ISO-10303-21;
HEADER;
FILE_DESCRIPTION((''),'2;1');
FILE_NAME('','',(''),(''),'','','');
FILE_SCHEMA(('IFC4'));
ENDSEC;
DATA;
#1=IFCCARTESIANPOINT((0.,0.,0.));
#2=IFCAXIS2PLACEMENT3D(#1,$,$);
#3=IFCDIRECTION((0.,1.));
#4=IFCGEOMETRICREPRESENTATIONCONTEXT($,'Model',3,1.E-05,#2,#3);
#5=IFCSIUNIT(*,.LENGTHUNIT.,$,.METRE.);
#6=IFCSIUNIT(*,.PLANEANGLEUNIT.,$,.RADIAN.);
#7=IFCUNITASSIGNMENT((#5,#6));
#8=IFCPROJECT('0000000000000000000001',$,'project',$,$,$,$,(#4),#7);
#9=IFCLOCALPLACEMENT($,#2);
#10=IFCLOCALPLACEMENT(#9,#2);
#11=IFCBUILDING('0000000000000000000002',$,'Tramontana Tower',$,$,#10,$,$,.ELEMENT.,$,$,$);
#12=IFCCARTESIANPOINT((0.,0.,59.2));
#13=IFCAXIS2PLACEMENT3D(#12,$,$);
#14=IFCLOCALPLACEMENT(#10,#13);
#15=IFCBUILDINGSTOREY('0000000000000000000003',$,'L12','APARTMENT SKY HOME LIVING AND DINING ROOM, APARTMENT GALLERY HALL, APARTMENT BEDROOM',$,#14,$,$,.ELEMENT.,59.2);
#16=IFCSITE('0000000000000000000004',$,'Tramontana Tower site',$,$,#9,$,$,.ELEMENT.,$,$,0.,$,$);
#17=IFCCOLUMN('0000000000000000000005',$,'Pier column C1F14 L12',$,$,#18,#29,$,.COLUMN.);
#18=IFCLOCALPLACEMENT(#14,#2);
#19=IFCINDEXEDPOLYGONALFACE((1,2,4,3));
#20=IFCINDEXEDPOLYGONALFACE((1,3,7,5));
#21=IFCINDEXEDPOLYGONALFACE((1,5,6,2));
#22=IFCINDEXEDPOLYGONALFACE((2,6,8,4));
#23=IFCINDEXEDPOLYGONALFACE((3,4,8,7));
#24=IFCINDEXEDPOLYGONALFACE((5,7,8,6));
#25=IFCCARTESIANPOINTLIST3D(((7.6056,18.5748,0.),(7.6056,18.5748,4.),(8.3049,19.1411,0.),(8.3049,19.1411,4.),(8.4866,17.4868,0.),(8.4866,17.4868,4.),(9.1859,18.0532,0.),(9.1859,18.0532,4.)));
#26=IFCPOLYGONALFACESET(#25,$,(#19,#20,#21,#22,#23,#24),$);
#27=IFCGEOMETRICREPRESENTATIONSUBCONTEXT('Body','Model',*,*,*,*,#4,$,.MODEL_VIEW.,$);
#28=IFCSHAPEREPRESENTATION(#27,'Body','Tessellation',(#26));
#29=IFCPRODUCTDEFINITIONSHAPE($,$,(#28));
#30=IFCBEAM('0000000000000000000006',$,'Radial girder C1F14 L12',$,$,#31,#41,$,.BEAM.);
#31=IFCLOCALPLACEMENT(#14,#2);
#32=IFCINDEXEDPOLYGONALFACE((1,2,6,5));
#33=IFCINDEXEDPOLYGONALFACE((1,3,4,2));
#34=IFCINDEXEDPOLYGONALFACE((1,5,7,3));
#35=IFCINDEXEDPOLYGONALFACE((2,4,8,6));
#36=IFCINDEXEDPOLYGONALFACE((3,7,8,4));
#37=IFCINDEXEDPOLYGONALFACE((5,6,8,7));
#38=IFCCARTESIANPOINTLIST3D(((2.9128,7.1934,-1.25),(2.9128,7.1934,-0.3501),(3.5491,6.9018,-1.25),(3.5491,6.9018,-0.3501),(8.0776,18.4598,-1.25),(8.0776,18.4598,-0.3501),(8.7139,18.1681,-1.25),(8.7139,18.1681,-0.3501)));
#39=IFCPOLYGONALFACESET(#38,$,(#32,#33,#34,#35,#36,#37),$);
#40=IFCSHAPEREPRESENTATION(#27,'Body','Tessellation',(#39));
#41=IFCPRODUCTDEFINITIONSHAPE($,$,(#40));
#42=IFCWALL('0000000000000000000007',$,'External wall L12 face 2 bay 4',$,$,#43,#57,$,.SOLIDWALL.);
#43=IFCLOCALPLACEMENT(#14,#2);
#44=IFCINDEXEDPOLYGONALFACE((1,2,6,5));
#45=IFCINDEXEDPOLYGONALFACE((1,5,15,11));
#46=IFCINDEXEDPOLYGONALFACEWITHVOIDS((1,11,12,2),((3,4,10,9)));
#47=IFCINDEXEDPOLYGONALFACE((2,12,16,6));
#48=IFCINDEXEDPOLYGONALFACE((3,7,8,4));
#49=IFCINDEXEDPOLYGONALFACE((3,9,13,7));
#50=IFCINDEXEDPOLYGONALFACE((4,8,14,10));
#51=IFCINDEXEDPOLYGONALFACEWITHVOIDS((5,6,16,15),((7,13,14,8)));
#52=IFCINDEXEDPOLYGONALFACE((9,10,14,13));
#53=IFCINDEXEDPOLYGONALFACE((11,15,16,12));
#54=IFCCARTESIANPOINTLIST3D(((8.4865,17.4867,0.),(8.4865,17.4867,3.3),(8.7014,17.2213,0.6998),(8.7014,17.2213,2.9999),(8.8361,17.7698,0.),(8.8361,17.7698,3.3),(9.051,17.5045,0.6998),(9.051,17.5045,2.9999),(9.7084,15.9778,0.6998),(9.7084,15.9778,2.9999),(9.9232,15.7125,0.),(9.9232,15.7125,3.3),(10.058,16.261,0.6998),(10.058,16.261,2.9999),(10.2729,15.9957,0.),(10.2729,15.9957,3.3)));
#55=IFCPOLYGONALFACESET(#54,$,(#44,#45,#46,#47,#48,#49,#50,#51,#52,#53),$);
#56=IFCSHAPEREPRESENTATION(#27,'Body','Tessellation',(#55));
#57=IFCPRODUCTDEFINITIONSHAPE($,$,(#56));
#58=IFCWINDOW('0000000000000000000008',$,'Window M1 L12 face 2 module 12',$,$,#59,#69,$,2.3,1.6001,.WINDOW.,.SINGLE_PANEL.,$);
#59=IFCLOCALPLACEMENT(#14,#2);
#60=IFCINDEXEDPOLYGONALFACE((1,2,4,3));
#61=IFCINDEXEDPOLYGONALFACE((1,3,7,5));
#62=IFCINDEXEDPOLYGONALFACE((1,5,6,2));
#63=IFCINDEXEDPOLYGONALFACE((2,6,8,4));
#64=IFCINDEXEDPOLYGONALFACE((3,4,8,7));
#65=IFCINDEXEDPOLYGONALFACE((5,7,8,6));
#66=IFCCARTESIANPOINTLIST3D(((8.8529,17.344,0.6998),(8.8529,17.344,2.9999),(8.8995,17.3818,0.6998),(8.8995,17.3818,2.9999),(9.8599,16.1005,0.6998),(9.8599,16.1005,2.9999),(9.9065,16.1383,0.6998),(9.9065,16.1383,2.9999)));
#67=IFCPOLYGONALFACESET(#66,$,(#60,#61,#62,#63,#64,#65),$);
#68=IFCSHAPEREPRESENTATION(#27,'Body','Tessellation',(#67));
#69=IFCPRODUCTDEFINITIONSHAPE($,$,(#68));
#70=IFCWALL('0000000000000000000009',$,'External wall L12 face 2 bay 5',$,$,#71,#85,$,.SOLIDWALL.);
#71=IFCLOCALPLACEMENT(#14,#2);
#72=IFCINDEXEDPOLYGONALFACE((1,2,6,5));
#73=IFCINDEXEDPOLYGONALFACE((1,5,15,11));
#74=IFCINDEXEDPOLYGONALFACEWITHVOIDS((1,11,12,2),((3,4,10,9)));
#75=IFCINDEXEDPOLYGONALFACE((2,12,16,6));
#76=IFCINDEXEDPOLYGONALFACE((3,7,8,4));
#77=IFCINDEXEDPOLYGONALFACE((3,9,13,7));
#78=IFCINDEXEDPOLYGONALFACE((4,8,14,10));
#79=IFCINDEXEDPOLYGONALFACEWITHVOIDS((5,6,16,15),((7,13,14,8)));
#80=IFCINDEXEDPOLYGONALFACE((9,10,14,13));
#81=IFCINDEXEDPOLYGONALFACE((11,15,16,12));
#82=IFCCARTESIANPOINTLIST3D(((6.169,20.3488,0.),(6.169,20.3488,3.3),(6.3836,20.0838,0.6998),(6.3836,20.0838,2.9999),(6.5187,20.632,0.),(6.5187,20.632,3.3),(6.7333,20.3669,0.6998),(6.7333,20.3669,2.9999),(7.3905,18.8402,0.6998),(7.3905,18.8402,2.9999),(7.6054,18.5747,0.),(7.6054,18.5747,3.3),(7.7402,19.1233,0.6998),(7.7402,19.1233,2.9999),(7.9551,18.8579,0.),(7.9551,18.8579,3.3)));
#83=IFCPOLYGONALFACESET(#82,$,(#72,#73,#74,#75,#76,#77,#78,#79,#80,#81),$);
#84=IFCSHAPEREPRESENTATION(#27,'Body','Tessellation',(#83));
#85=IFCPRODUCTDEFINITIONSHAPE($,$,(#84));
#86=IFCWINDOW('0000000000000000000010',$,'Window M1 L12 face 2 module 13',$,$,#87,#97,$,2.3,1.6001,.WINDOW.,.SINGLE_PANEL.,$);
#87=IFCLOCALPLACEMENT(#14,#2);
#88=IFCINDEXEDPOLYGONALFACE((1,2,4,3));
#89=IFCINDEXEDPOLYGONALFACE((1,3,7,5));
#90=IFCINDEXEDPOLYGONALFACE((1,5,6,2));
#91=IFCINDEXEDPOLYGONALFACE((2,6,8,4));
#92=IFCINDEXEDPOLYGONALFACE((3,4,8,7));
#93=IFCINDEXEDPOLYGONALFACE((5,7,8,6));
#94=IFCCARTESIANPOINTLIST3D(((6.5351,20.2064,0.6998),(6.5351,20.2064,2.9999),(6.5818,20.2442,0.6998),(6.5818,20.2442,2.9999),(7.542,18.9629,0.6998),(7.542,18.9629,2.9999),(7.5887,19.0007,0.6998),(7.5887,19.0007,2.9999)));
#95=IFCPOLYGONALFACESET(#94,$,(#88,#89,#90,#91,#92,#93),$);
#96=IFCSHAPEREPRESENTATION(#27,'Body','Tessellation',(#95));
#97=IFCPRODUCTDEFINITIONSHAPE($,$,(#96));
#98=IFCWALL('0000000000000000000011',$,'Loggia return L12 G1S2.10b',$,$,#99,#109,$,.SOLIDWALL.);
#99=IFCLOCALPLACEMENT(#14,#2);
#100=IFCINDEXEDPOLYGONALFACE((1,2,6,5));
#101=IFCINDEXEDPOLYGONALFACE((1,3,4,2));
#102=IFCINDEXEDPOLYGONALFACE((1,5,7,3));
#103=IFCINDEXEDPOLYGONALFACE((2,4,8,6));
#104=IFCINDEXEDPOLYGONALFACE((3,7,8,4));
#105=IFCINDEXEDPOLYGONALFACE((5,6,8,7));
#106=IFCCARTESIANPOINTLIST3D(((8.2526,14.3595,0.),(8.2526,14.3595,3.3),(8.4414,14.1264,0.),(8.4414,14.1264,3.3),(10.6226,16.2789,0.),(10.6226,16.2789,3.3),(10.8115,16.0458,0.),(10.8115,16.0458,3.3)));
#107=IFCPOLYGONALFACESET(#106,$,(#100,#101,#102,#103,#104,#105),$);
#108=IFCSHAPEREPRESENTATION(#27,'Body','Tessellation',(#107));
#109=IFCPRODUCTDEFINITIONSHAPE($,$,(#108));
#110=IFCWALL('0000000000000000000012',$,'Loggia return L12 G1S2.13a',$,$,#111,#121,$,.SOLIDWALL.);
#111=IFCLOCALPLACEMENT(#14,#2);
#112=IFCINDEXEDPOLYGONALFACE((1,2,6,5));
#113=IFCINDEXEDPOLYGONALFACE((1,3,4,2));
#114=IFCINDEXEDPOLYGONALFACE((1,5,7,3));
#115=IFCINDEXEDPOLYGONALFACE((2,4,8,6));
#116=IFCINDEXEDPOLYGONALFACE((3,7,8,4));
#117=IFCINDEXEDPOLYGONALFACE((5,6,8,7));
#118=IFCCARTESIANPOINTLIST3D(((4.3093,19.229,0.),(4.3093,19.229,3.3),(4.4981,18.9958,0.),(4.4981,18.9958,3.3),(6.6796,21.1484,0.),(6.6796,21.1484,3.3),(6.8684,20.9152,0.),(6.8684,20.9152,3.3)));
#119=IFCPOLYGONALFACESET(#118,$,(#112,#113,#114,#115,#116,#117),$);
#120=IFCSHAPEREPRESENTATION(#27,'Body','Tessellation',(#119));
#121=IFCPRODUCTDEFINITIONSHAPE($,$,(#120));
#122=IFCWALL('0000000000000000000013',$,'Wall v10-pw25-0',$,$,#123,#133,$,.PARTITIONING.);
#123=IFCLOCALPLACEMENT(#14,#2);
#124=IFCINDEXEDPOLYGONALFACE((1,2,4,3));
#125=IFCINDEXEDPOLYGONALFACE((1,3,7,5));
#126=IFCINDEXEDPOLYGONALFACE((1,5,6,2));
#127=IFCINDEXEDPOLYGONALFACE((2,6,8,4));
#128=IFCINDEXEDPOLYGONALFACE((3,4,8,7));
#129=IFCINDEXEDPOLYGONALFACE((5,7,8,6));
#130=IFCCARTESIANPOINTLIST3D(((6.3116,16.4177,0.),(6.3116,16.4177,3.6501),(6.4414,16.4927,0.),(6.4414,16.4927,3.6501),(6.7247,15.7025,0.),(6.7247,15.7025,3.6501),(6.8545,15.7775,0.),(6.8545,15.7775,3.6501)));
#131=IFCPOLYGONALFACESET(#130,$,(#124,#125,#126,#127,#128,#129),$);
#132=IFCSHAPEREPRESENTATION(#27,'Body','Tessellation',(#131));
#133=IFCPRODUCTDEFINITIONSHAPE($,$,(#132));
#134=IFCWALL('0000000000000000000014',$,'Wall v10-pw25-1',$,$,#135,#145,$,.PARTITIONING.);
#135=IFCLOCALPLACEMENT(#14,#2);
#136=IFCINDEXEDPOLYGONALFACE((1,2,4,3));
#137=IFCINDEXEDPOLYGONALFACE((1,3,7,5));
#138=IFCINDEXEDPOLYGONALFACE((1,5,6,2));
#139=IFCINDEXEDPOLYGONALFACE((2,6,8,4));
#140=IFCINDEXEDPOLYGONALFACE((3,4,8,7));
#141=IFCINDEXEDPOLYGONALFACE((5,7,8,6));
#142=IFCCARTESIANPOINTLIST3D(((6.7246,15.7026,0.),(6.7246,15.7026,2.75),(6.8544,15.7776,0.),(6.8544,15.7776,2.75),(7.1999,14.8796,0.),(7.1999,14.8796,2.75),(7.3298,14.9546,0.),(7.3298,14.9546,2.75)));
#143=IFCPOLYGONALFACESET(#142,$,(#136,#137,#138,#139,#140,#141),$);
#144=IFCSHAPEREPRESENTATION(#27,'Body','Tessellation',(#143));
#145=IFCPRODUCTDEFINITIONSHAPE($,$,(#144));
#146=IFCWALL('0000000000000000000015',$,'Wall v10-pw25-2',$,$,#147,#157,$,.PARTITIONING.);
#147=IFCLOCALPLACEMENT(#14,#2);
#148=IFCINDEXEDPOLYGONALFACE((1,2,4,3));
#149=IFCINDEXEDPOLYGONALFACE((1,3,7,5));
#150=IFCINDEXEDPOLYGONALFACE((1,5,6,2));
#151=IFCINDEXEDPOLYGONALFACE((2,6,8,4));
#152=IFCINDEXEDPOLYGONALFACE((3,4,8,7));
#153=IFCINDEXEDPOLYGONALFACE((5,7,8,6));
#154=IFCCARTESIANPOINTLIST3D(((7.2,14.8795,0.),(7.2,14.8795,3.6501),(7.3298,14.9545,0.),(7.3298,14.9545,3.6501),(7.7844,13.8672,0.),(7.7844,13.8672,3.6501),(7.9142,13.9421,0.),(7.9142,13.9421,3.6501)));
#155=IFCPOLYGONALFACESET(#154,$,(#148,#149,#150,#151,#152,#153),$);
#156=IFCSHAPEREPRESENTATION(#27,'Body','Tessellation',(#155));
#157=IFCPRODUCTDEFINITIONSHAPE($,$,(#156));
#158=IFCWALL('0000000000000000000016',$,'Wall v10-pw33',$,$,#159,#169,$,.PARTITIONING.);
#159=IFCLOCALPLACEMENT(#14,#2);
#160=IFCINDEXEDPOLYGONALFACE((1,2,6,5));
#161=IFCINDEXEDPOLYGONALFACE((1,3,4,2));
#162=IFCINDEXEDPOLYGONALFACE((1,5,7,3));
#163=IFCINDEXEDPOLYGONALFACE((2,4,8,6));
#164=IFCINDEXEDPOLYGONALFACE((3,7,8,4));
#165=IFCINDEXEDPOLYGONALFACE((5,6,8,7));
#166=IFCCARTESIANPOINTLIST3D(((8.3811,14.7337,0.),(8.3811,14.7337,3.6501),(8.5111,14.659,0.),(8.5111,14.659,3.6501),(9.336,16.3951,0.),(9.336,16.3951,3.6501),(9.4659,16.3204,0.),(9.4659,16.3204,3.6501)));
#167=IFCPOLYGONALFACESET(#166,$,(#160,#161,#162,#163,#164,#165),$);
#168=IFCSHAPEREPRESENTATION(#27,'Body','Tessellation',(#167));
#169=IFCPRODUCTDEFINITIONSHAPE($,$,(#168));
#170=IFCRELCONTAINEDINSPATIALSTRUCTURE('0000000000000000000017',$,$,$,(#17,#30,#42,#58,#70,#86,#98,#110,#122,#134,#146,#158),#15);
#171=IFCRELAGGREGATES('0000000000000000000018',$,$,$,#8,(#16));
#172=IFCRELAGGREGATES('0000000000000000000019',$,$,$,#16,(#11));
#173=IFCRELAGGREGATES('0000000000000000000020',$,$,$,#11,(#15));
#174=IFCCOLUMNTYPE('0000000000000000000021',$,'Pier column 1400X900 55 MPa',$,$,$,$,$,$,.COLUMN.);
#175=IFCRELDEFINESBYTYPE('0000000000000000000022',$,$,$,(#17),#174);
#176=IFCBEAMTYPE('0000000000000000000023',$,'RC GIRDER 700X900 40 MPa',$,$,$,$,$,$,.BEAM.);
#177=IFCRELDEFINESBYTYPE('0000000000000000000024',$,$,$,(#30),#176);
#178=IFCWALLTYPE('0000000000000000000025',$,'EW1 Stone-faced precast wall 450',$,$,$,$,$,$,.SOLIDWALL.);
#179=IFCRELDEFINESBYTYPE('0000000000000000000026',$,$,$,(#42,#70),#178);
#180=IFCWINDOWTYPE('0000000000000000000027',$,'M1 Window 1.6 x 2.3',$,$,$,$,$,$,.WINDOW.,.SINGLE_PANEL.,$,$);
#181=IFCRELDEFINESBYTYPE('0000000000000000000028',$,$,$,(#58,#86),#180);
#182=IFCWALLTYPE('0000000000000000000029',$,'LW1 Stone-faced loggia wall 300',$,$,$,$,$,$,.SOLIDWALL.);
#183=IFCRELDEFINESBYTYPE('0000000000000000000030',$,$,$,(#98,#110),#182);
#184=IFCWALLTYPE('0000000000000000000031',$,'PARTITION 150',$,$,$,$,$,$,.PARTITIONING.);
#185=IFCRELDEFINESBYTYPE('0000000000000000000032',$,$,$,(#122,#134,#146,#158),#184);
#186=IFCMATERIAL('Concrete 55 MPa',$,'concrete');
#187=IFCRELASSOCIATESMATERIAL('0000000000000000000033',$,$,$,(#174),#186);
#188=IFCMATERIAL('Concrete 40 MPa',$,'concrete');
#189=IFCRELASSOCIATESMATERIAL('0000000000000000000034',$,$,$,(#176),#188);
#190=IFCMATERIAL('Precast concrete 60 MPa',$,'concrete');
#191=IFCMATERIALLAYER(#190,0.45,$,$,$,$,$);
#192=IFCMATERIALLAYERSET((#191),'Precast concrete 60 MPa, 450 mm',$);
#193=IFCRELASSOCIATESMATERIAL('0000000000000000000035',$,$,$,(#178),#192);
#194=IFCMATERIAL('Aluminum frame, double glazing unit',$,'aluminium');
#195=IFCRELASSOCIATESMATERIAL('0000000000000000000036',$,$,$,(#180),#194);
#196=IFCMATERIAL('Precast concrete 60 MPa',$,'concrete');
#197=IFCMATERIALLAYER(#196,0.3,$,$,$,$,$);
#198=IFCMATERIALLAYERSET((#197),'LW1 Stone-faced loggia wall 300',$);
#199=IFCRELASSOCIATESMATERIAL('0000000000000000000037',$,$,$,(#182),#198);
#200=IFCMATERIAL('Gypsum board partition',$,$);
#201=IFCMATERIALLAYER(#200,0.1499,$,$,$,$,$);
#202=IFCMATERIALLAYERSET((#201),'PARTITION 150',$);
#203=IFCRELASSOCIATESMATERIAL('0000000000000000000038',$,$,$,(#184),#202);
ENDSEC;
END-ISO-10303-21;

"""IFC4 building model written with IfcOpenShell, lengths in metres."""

from ifc_helpers import new_model, si_unit, direction, frame, frame_2d, origin, origin_2d, place, context, subcontext, project, spatial, rectangle, extrude, material, layer, layer_set, material_profile, profile_set, type_object, element, fill, save


model = new_model("IFC4")

# Units and contexts
model_context = context("Model", 3, precision=1e-05, world=origin(), true_north=direction((0.0, 1.0)))
body_context = subcontext(model_context, "Body", "Model", "MODEL_VIEW")
ifc_project = project(units=[si_unit("LENGTHUNIT", "METRE"), si_unit("PLANEANGLEUNIT", "RADIAN")], contexts=[model_context])

# Site, building, storey
site_placement = place(None, origin())
site = spatial("IfcSite", under=ifc_project, at=site_placement, Name="Tramontana Tower site", CompositionType="ELEMENT", RefElevation=0.0)
building_placement = place(site_placement, origin())
building = spatial("IfcBuilding", under=site, at=building_placement, Name="Tramontana Tower", CompositionType="ELEMENT")
storey_placement = place(building_placement, frame((0.0, 0.0, 59.2)))
storey = spatial("IfcBuildingStorey", under=building, at=storey_placement, Name="L12", Description="APARTMENT SKY HOME LIVING AND DINING ROOM, APARTMENT GALLERY HALL, APARTMENT BEDROOM", CompositionType="ELEMENT", Elevation=59.2)

# Column
ifc_material_1 = material(Name="Concrete 55 MPa", Category="concrete")
ifc_material_profile_1 = material_profile(ifc_material_1, rectangle(XDim=1.3999, YDim=0.8999, at=origin_2d()), Name="Pier column 1400X900 55 MPa")
ifc_profile_set_1 = profile_set([ifc_material_profile_1], Name="Concrete 55 MPa")
column_type = type_object("IfcColumnType", Name="Pier column 1400X900 55 MPa", PredefinedType="COLUMN", material=ifc_profile_set_1)
column_placement = place(storey_placement, frame((8.3958, 18.314, 0.0), z_axis=(0.0, 0.0, 1.0), x_axis=(-0.62932, 0.777146, 0.0)))
element("IfcColumn", 1, at=column_placement, inside=storey, type_object=column_type, Name="Pier column C1F14 L12", PredefinedType="COLUMN", context=body_context, shape_type="SweptSolid", body=[
    extrude(rectangle(XDim=1.3999, YDim=0.8999, at=origin_2d()), origin(), (0.0, 0.0, 1.0), 4.0),
])

# Beam
ifc_material_2 = material(Name="Concrete 40 MPa", Category="concrete")
ifc_material_profile_2 = material_profile(ifc_material_2, rectangle(XDim=0.7, YDim=0.8999, at=origin_2d()), Name="RC GIRDER 700X900 40 MPa")
ifc_profile_set_2 = profile_set([ifc_material_profile_2], Name="Concrete 40 MPa")
beam_type = type_object("IfcBeamType", Name="RC GIRDER 700X900 40 MPa", PredefinedType="BEAM", material=ifc_profile_set_2)
beam_placement = place(storey_placement, frame((8.3958, 18.314, -0.8), z_axis=(-0.416725, -0.909033, 0.0), x_axis=(0.909033, -0.416725, 0.0)))
element("IfcBeam", 2, at=beam_placement, inside=storey, type_object=beam_type, Name="Radial girder C1F14 L12", PredefinedType="BEAM", context=body_context, shape_type="SweptSolid", body=[
    extrude(rectangle(XDim=0.7, YDim=0.8999, at=origin_2d()), origin(), (0.0, 0.0, 1.0), 12.3938),
])

# Walls, openings, windows
ifc_material_3 = material(Name="Precast concrete 60 MPa", Category="concrete")
ifc_layer_1 = layer(ifc_material_3, 0.45)
ifc_layer_set_1 = layer_set([ifc_layer_1], Name="Precast concrete 60 MPa, 450 mm")
wall_type_1 = type_object("IfcWallType", Name="EW1 Stone-faced precast wall 450", PredefinedType="SOLIDWALL", material=ifc_layer_set_1)
wall_1_placement = place(storey_placement, frame((10.0981, 15.854, 0.0), z_axis=(0.0, 0.0, 1.0), x_axis=(-0.62934, 0.77713, 0.0)))
wall_1 = element("IfcWall", 3, at=wall_1_placement, inside=storey, type_object=wall_type_1, Name="External wall L12 face 2 bay 4", PredefinedType="SOLIDWALL", context=body_context, shape_type="SweptSolid", body=[
    extrude(rectangle(XDim=2.283, YDim=0.45, at=frame_2d((1.1416, 0.0))), origin(), (0.0, 0.0, 1.0), 3.3),
])
opening_1_placement = place(wall_1_placement, frame((0.3416, 0.0, 0.7)))
opening_1 = element("IfcOpeningElement", 4, at=opening_1_placement, cuts=wall_1, PredefinedType="OPENING", context=body_context, shape_type="SweptSolid", body=[
    extrude(rectangle(XDim=1.6001, YDim=2.3, at=frame_2d((0.8, 1.1499))), frame((0.0, 0.2349, 0.0), z_axis=(0.0, -1.0, 0.0), x_axis=(1.0, 0.0, 0.0)), (0.0, 0.0, 1.0), 0.47),
])
ifc_material_4 = material(Name="Aluminum frame, double glazing unit", Category="aluminium")
window_type = type_object("IfcWindowType", Name="M1 Window 1.6 x 2.3", PartitioningType="SINGLE_PANEL", PredefinedType="WINDOW", material=ifc_material_4)
window_1_placement = place(opening_1_placement, origin())
window_1 = element("IfcWindow", 5, at=window_1_placement, inside=storey, type_object=window_type, Name="Window M1 L12 face 2 module 12", OverallHeight=2.3, OverallWidth=1.6001, PartitioningType="SINGLE_PANEL", PredefinedType="WINDOW", context=body_context, shape_type="SweptSolid", body=[
    extrude(rectangle(XDim=1.6001, YDim=2.3, at=frame_2d((0.8, 1.1499))), frame((0.0, 0.03, 0.0), z_axis=(0.0, -1.0, 0.0), x_axis=(1.0, 0.0, 0.0)), (0.0, 0.0, 1.0), 0.0601),
])
fill(opening_1, window_1)
wall_2_placement = place(storey_placement, frame((7.7803, 18.7163, 0.0), z_axis=(0.0, 0.0, 1.0), x_axis=(-0.629275, 0.777183, 0.0)))
wall_2 = element("IfcWall", 6, at=wall_2_placement, inside=storey, type_object=wall_type_1, Name="External wall L12 face 2 bay 5", PredefinedType="SOLIDWALL", context=body_context, shape_type="SweptSolid", body=[
    extrude(rectangle(XDim=2.2827, YDim=0.45, at=frame_2d((1.1414, 0.0))), origin(), (0.0, 0.0, 1.0), 3.3),
])
opening_2_placement = place(wall_2_placement, frame((0.3416, 0.0, 0.7)))
opening_2 = element("IfcOpeningElement", 7, at=opening_2_placement, cuts=wall_2, PredefinedType="OPENING", context=body_context, shape_type="SweptSolid", body=[
    extrude(rectangle(XDim=1.6001, YDim=2.3, at=frame_2d((0.8, 1.1499))), frame((0.0, 0.2349, 0.0), z_axis=(0.0, -1.0, 0.0), x_axis=(1.0, 0.0, 0.0)), (0.0, 0.0, 1.0), 0.47),
])
window_2_placement = place(opening_2_placement, origin())
window_2 = element("IfcWindow", 8, at=window_2_placement, inside=storey, type_object=window_type, Name="Window M1 L12 face 2 module 13", OverallHeight=2.3, OverallWidth=1.6001, PartitioningType="SINGLE_PANEL", PredefinedType="WINDOW", context=body_context, shape_type="SweptSolid", body=[
    extrude(rectangle(XDim=1.6001, YDim=2.3, at=frame_2d((0.8, 1.1499))), frame((0.0, 0.03, 0.0), z_axis=(0.0, -1.0, 0.0), x_axis=(1.0, 0.0, 0.0)), (0.0, 0.0, 1.0), 0.0601),
])
fill(opening_2, window_2)

# Walls
ifc_material_5 = material(Name="Precast concrete 60 MPa", Category="concrete")
ifc_layer_2 = layer(ifc_material_5, 0.3)
ifc_layer_set_2 = layer_set([ifc_layer_2], Name="LW1 Stone-faced loggia wall 300")
wall_type_2 = type_object("IfcWallType", Name="LW1 Stone-faced loggia wall 300", PredefinedType="SOLIDWALL", material=ifc_layer_set_2)
wall_3_placement = place(storey_placement, frame((10.717, 16.1624, 0.0), z_axis=(0.0, 0.0, 1.0), x_axis=(-0.777122, -0.62935, 0.0)))
element("IfcWall", 9, at=wall_3_placement, inside=storey, type_object=wall_type_2, Name="Loggia return L12 G1S2.10b", PredefinedType="SOLIDWALL", context=body_context, shape_type="SweptSolid", body=[
    extrude(rectangle(XDim=3.0498, YDim=0.3, at=frame_2d((1.5249, 0.0))), origin(), (0.0, 0.0, 1.0), 3.3),
])
wall_4_placement = place(storey_placement, frame((6.7739, 21.0317, 0.0), z_axis=(0.0, 0.0, 1.0), x_axis=(-0.777154, -0.629311, 0.0)))
element("IfcWall", 10, at=wall_4_placement, inside=storey, type_object=wall_type_2, Name="Loggia return L12 G1S2.13a", PredefinedType="SOLIDWALL", context=body_context, shape_type="SweptSolid", body=[
    extrude(rectangle(XDim=3.05, YDim=0.3, at=frame_2d((1.5249, 0.0))), origin(), (0.0, 0.0, 1.0), 3.3),
])

# Shared definitions
ifc_material_6 = material(Name="Gypsum board partition")
ifc_layer_3 = layer(ifc_material_6, 0.1499)
ifc_layer_set_3 = layer_set([ifc_layer_3], Name="PARTITION 150")
wall_type_3 = type_object("IfcWallType", Name="PARTITION 150", PredefinedType="PARTITIONING", material=ifc_layer_set_3)

# Walls
wall_5_placement = place(storey_placement, frame((6.3765, 16.4553, 0.0), z_axis=(0.0, 0.0, 1.0), x_axis=(0.500081, -0.865979, 0.0)))
element("IfcWall", 11, at=wall_5_placement, inside=storey, type_object=wall_type_3, Name="Wall v10-pw25-0", PredefinedType="PARTITIONING", context=body_context, shape_type="SweptSolid", body=[
    extrude(rectangle(XDim=0.8259, YDim=0.1499, at=frame_2d((0.4131, 0.0))), origin(), (0.0, 0.0, 1.0), 3.6501),
])
wall_6_placement = place(storey_placement, frame((6.7896, 15.74, 0.0), z_axis=(0.0, 0.0, 1.0), x_axis=(0.500145, -0.865942, 0.0)))
element("IfcWall", 12, at=wall_6_placement, inside=storey, type_object=wall_type_3, Name="Wall v10-pw25-1", PredefinedType="PARTITIONING", context=body_context, shape_type="SweptSolid", body=[
    extrude(rectangle(XDim=0.9504, YDim=0.1499, at=frame_2d((0.4751, 0.0))), origin(), (0.0, 0.0, 1.0), 2.75),
])
wall_7_placement = place(storey_placement, frame((7.2649, 14.917, 0.0), z_axis=(0.0, 0.0, 1.0), x_axis=(0.499957, -0.86605, 0.0)))
element("IfcWall", 13, at=wall_7_placement, inside=storey, type_object=wall_type_3, Name="Wall v10-pw25-2", PredefinedType="PARTITIONING", context=body_context, shape_type="SweptSolid", body=[
    extrude(rectangle(XDim=1.1689, YDim=0.1499, at=frame_2d((0.5845, 0.0))), origin(), (0.0, 0.0, 1.0), 3.6501),
])
wall_8_placement = place(storey_placement, frame((9.4009, 16.3577, 0.0), z_axis=(0.0, 0.0, 1.0), x_axis=(-0.498292, -0.86701, 0.0)))
element("IfcWall", 14, at=wall_8_placement, inside=storey, type_object=wall_type_3, Name="Wall v10-pw33", PredefinedType="PARTITIONING", context=body_context, shape_type="SweptSolid", body=[
    extrude(rectangle(XDim=1.9163, YDim=0.1499, at=frame_2d((0.958, 0.0))), origin(), (0.0, 0.0, 1.0), 3.6501),
])

save(model, "model.ifc")
